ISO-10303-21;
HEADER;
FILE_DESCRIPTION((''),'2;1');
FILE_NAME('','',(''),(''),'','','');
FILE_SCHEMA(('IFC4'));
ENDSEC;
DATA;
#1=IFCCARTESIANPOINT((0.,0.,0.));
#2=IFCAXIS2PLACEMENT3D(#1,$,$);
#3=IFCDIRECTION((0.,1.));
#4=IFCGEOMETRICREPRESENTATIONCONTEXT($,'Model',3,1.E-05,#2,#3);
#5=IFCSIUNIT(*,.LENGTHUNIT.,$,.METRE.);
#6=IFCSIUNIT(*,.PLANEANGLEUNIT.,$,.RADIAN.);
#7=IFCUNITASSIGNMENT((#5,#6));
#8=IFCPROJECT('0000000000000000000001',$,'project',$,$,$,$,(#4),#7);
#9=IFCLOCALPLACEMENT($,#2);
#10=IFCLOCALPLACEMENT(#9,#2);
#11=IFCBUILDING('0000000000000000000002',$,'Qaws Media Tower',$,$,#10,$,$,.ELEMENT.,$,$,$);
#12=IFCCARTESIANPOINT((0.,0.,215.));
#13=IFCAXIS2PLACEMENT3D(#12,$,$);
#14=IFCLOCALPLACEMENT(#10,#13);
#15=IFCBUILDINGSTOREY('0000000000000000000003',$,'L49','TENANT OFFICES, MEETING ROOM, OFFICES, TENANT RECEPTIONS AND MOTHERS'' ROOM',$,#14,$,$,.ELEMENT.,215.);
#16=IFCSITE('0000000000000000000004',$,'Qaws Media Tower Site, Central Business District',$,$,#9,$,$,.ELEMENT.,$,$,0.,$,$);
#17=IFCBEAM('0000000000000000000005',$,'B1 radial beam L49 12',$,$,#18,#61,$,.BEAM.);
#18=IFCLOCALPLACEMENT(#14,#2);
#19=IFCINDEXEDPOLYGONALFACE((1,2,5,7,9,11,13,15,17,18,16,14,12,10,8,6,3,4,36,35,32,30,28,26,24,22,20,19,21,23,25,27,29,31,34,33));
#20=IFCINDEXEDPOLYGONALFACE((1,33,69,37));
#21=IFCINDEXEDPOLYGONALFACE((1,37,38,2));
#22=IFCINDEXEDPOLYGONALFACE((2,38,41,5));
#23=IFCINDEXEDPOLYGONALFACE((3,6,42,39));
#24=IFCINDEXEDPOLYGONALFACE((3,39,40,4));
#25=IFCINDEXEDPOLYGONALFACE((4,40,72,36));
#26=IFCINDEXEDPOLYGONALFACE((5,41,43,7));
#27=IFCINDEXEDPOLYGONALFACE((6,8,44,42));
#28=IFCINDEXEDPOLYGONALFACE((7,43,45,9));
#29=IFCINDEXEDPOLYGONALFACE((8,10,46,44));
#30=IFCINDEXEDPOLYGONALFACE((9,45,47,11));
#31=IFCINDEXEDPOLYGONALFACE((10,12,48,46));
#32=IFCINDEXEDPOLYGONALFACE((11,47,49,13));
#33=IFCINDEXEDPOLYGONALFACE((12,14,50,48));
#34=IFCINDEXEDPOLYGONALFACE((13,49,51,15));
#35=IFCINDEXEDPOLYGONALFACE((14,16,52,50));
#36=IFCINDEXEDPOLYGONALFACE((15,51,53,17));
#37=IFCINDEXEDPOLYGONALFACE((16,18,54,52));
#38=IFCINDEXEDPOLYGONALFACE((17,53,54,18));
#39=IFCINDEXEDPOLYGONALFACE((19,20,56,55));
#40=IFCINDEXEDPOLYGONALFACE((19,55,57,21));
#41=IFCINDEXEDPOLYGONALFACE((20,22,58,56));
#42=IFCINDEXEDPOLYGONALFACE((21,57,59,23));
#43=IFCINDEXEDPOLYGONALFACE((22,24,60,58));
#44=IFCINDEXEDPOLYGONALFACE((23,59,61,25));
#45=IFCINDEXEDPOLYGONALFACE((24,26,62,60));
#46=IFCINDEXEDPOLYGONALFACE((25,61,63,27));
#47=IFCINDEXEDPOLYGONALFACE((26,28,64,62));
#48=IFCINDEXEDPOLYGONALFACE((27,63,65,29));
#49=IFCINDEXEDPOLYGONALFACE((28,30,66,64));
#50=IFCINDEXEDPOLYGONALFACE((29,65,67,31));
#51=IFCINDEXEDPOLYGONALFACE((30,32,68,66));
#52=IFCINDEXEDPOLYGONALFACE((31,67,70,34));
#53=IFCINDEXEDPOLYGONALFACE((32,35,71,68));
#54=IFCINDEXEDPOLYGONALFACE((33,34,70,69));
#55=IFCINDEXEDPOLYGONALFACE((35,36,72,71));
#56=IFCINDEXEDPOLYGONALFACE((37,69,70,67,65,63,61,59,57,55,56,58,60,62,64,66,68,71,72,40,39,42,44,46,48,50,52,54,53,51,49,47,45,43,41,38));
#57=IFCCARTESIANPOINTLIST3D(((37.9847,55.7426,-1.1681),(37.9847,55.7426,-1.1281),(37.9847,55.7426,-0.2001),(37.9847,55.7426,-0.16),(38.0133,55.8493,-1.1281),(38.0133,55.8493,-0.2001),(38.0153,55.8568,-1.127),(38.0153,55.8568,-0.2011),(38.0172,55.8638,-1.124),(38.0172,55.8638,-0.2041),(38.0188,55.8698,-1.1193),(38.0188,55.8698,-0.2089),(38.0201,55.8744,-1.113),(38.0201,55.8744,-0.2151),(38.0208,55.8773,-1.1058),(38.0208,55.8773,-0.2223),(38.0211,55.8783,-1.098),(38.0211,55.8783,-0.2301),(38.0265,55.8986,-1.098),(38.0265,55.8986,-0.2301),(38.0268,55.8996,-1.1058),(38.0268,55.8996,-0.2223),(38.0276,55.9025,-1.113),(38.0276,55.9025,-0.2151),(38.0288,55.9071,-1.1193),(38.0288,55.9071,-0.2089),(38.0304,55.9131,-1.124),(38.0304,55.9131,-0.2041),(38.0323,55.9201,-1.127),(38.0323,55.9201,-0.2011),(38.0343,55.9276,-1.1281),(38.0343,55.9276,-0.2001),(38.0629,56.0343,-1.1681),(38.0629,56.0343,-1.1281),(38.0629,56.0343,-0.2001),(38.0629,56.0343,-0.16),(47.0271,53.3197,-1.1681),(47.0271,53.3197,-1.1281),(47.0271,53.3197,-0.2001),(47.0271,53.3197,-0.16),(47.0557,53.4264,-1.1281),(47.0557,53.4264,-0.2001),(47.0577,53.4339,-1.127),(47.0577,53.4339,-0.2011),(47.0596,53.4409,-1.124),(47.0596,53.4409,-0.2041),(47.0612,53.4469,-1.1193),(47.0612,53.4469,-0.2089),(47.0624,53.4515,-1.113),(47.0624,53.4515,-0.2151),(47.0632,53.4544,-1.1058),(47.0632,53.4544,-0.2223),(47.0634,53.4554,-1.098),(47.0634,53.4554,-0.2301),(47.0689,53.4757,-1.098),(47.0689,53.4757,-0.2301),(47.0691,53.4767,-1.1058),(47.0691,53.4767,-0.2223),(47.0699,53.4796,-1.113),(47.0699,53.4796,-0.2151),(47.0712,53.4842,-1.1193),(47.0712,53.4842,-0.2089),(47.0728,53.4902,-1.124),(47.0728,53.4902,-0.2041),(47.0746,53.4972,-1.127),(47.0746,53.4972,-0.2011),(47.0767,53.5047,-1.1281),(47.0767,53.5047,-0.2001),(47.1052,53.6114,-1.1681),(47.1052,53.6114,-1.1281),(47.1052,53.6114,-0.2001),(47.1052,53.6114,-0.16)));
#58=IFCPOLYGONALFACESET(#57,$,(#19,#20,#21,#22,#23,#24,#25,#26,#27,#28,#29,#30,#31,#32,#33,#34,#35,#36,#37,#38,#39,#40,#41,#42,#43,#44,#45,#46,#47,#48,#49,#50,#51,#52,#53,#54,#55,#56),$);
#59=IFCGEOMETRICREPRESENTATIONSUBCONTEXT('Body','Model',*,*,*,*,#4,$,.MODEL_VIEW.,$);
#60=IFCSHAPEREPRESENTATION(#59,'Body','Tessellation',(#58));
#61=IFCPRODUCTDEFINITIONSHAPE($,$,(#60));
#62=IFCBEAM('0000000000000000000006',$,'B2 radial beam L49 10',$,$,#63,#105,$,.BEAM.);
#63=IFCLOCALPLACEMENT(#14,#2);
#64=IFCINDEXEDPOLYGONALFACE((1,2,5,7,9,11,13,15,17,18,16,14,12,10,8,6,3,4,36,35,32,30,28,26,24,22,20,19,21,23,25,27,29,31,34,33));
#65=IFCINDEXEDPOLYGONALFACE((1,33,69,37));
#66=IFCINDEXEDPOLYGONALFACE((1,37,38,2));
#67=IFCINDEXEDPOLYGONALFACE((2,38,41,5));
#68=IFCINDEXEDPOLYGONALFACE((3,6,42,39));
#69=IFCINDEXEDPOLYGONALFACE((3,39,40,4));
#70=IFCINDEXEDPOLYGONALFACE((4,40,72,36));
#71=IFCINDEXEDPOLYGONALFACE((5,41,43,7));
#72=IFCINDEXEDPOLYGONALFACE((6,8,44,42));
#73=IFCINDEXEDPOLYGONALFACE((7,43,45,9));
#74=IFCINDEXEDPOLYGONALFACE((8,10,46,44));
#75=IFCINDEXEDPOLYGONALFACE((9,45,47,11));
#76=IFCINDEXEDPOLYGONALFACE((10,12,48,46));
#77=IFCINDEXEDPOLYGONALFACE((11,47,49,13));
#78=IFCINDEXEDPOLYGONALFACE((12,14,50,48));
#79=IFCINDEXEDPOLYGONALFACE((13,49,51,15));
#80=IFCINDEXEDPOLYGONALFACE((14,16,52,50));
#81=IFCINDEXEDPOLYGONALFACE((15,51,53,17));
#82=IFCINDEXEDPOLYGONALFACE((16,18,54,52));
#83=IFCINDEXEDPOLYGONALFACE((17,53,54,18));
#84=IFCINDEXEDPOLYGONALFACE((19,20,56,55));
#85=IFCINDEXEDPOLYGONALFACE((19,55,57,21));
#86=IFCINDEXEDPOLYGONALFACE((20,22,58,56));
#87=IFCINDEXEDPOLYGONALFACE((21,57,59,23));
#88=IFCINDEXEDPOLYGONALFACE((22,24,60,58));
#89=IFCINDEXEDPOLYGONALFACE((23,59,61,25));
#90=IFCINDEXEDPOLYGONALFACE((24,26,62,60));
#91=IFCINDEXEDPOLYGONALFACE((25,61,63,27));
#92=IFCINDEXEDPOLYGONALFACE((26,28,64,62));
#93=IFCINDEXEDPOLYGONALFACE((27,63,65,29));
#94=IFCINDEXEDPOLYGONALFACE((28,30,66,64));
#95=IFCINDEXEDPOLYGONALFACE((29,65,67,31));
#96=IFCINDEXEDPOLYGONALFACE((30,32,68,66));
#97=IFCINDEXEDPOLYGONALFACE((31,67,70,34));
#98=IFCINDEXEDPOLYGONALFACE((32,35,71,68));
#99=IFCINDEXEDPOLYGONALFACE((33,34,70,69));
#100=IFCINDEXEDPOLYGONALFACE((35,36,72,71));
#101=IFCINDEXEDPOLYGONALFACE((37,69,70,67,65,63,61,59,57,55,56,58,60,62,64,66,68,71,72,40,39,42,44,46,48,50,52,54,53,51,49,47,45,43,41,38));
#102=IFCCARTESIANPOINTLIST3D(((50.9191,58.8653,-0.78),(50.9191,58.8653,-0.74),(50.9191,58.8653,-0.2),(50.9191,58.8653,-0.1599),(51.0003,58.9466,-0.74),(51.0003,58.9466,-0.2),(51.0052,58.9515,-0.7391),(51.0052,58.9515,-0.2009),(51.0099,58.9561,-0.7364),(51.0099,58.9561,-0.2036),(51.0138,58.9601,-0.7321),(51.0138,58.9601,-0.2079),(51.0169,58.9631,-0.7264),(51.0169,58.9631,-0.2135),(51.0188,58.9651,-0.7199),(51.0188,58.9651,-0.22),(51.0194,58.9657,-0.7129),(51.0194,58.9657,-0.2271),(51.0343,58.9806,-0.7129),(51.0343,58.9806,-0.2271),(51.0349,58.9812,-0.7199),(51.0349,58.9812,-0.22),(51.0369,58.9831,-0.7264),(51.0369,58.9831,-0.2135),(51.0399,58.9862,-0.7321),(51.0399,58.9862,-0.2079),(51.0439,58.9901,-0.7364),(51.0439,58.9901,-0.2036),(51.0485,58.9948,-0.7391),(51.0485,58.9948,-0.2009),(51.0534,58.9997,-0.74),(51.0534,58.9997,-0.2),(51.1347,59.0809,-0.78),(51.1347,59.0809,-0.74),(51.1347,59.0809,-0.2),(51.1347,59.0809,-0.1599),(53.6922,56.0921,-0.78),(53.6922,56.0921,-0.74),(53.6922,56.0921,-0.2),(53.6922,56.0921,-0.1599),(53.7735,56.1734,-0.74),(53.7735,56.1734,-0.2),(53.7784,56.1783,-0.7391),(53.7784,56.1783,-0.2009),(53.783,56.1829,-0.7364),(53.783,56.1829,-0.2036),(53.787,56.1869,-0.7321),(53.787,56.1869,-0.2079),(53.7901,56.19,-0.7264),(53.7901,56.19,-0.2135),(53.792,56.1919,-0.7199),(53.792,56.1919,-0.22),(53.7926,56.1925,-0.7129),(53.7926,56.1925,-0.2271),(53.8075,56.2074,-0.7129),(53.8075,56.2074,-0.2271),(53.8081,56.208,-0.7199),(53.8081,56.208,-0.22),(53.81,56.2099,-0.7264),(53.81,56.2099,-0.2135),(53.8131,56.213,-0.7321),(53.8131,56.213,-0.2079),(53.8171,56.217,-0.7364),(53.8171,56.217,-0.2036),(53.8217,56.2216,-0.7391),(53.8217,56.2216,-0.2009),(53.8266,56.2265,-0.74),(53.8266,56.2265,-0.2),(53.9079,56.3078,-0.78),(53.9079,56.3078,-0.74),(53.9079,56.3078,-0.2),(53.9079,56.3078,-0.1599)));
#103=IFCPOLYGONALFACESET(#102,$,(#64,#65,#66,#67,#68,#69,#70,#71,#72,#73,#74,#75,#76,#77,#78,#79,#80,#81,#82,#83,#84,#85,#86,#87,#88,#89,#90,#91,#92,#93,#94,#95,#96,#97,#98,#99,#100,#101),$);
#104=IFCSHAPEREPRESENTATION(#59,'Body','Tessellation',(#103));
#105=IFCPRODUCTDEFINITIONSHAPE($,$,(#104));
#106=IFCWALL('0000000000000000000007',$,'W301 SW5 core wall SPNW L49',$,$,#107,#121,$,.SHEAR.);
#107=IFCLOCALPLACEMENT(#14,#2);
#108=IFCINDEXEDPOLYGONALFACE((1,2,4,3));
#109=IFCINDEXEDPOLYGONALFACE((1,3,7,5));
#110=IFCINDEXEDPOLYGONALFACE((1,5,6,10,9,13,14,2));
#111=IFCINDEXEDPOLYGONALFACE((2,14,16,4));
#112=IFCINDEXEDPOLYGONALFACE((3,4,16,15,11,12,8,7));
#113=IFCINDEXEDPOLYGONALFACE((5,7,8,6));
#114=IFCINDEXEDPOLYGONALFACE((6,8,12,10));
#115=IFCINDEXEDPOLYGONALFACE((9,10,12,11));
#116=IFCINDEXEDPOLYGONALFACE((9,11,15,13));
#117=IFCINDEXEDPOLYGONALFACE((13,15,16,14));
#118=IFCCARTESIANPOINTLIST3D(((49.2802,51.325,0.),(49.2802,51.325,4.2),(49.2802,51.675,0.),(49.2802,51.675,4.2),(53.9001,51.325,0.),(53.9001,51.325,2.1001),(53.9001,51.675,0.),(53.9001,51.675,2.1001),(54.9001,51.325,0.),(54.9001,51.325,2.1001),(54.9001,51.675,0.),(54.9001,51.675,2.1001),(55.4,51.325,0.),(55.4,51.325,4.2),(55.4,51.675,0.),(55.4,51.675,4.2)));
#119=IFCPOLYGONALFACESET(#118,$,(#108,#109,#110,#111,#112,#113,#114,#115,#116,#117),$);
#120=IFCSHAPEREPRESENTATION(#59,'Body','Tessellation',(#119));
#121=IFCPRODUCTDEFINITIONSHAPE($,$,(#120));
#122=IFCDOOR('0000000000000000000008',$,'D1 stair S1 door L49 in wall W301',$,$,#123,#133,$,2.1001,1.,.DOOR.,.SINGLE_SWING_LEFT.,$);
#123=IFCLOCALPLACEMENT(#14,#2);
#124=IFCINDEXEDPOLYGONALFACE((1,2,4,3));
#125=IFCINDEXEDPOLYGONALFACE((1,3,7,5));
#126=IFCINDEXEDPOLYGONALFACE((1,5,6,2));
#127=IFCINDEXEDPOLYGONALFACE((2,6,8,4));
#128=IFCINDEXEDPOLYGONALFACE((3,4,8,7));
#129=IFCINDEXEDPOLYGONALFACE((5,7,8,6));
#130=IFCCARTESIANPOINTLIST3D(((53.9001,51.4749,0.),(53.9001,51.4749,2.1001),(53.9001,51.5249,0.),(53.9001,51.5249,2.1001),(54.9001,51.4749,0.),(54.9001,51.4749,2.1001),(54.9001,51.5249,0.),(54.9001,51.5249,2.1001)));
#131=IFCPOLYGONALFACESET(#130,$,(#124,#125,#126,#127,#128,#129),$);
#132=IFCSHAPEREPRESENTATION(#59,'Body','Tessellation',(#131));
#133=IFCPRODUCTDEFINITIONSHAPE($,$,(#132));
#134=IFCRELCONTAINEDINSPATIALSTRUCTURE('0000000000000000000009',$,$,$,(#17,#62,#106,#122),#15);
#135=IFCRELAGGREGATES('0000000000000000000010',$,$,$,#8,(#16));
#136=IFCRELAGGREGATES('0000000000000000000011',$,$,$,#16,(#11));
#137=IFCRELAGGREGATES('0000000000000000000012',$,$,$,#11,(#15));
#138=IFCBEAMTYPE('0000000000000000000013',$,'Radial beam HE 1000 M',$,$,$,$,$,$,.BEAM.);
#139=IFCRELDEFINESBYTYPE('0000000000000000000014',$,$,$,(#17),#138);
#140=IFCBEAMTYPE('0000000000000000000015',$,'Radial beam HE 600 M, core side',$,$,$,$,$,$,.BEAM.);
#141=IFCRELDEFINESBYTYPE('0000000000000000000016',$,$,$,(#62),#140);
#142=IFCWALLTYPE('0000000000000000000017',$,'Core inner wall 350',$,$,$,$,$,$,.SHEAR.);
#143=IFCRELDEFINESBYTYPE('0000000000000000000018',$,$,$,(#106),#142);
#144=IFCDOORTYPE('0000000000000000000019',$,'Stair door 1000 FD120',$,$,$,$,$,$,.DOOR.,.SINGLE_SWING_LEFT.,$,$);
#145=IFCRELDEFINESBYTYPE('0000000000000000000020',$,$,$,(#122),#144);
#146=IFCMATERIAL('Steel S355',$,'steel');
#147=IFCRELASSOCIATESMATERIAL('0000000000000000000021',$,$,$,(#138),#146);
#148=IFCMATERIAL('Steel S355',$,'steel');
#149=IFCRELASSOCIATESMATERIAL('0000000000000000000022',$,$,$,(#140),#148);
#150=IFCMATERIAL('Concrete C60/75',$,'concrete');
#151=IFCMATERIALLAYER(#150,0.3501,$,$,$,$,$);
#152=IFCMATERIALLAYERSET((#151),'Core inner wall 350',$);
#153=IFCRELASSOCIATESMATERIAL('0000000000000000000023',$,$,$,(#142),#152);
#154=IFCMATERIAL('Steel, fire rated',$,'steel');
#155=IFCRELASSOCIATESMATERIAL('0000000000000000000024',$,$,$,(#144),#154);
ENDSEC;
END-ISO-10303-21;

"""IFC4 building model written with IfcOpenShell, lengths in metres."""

from ifc_helpers import new_model, si_unit, direction, frame, frame_2d, origin, origin_2d, place, context, subcontext, project, spatial, rectangle, i_section, extrude, material, layer, layer_set, material_profile, profile_set, type_object, element, fill, save


model = new_model("IFC4")

# Units and contexts
model_context = context("Model", 3, precision=1e-05, world=origin(), true_north=direction((0.0, 1.0)))
body_context = subcontext(model_context, "Body", "Model", "MODEL_VIEW")
ifc_project = project(units=[si_unit("LENGTHUNIT", "METRE"), si_unit("PLANEANGLEUNIT", "RADIAN")], contexts=[model_context])

# Site, building, storey
site_placement = place(None, origin())
site = spatial("IfcSite", under=ifc_project, at=site_placement, Name="Qaws Media Tower Site, Central Business District", CompositionType="ELEMENT", RefElevation=0.0)
building_placement = place(site_placement, origin())
building = spatial("IfcBuilding", under=site, at=building_placement, Name="Qaws Media Tower", CompositionType="ELEMENT")
storey_placement = place(building_placement, frame((0.0, 0.0, 215.0)))
storey = spatial("IfcBuildingStorey", under=building, at=storey_placement, Name="L49", Description="TENANT OFFICES, MEETING ROOM, OFFICES, TENANT RECEPTIONS AND MOTHERS' ROOM", CompositionType="ELEMENT", Elevation=215.0)

# Beams
ifc_material_1 = material(Name="Steel S355", Category="steel")
ifc_material_profile_1 = material_profile(ifc_material_1, i_section(OverallWidth=0.302, OverallDepth=1.0081, WebThickness=0.021, FlangeThickness=0.04, FilletRadius=0.03, at=origin_2d()), Name="HE 1000 M")
ifc_profile_set_1 = profile_set([ifc_material_profile_1], Name="Steel S355")
beam_type_1 = type_object("IfcBeamType", Name="Radial beam HE 1000 M", PredefinedType="BEAM", material=ifc_profile_set_1)
beam_1_placement = place(storey_placement, frame((47.0662, 53.4656, -0.6641), z_axis=(-0.965926, 0.258818, 0.0), x_axis=(-0.258818, -0.965926, 0.0)))
element("IfcBeam", 1, at=beam_1_placement, inside=storey, type_object=beam_type_1, Name="B1 radial beam L49 12", PredefinedType="BEAM", context=body_context, shape_type="SweptSolid", body=[
    extrude(i_section(OverallWidth=0.302, OverallDepth=1.0081, WebThickness=0.021, FlangeThickness=0.04, FilletRadius=0.03, at=origin_2d()), origin(), (0.0, 0.0, 1.0), 9.3613),
])
ifc_material_2 = material(Name="Steel S355", Category="steel")
ifc_material_profile_2 = material_profile(ifc_material_2, i_section(OverallWidth=0.3049, OverallDepth=0.6201, WebThickness=0.021, FlangeThickness=0.04, FilletRadius=0.0271, at=origin_2d()), Name="HE 600 M")
ifc_profile_set_2 = profile_set([ifc_material_profile_2], Name="Steel S355")
beam_type_2 = type_object("IfcBeamType", Name="Radial beam HE 600 M, core side", PredefinedType="BEAM", material=ifc_profile_set_2)
beam_2_placement = place(storey_placement, frame((53.8, 56.2, -0.47), z_axis=(-0.707107, 0.707107, 0.0), x_axis=(-0.707107, -0.707107, 0.0)))
element("IfcBeam", 2, at=beam_2_placement, inside=storey, type_object=beam_type_2, Name="B2 radial beam L49 10", PredefinedType="BEAM", context=body_context, shape_type="SweptSolid", body=[
    extrude(i_section(OverallWidth=0.3049, OverallDepth=0.6201, WebThickness=0.021, FlangeThickness=0.04, FilletRadius=0.0271, at=origin_2d()), origin(), (0.0, 0.0, 1.0), 3.9219),
])

# Wall, opening, door
ifc_material_3 = material(Name="Concrete C60/75", Category="concrete")
ifc_layer_1 = layer(ifc_material_3, 0.3501)
ifc_layer_set_1 = layer_set([ifc_layer_1], Name="Core inner wall 350")
wall_type_1 = type_object("IfcWallType", Name="Core inner wall 350", PredefinedType="SHEAR", material=ifc_layer_set_1)
wall_1_placement = place(storey_placement, frame((49.28, 51.5, 0.0), z_axis=(0.0, 0.0, 1.0), x_axis=(1.0, 0.0, 0.0)))
wall_1 = element("IfcWall", 3, at=wall_1_placement, inside=storey, type_object=wall_type_1, Name="W301 SW5 core wall SPNW L49", PredefinedType="SHEAR", context=body_context, shape_type="SweptSolid", body=[
    extrude(rectangle(XDim=6.1199, YDim=0.3501, at=frame_2d((3.0601, 0.0))), origin(), (0.0, 0.0, 1.0), 4.2),
])
opening_1_placement = place(wall_1_placement, frame((4.6201, 0.0, 0.0)))
opening_1 = element("IfcOpeningElement", 4, at=opening_1_placement, cuts=wall_1, PredefinedType="OPENING", context=body_context, shape_type="SweptSolid", body=[
    extrude(rectangle(XDim=1.0, YDim=2.1001, at=frame_2d((0.5, 1.05))), frame((0.0, 0.1851, 0.0), z_axis=(0.0, -1.0, 0.0), x_axis=(1.0, 0.0, 0.0)), (0.0, 0.0, 1.0), 0.3701),
])
ifc_material_4 = material(Name="Steel, fire rated", Category="steel")
door_type_1 = type_object("IfcDoorType", Name="Stair door 1000 FD120", OperationType="SINGLE_SWING_LEFT", PredefinedType="DOOR", material=ifc_material_4)
door_1_placement = place(opening_1_placement, origin())
door_1 = element("IfcDoor", 5, at=door_1_placement, inside=storey, type_object=door_type_1, Name="D1 stair S1 door L49 in wall W301", OperationType="SINGLE_SWING_LEFT", OverallHeight=2.1001, OverallWidth=1.0, PredefinedType="DOOR", context=body_context, shape_type="SweptSolid", body=[
    extrude(rectangle(XDim=1.0, YDim=2.1001, at=frame_2d((0.5, 1.05))), frame((0.0, 0.0249, 0.0), z_axis=(0.0, -1.0, 0.0), x_axis=(1.0, 0.0, 0.0)), (0.0, 0.0, 1.0), 0.05),
])
fill(opening_1, door_1)

save(model, "model.ifc")
